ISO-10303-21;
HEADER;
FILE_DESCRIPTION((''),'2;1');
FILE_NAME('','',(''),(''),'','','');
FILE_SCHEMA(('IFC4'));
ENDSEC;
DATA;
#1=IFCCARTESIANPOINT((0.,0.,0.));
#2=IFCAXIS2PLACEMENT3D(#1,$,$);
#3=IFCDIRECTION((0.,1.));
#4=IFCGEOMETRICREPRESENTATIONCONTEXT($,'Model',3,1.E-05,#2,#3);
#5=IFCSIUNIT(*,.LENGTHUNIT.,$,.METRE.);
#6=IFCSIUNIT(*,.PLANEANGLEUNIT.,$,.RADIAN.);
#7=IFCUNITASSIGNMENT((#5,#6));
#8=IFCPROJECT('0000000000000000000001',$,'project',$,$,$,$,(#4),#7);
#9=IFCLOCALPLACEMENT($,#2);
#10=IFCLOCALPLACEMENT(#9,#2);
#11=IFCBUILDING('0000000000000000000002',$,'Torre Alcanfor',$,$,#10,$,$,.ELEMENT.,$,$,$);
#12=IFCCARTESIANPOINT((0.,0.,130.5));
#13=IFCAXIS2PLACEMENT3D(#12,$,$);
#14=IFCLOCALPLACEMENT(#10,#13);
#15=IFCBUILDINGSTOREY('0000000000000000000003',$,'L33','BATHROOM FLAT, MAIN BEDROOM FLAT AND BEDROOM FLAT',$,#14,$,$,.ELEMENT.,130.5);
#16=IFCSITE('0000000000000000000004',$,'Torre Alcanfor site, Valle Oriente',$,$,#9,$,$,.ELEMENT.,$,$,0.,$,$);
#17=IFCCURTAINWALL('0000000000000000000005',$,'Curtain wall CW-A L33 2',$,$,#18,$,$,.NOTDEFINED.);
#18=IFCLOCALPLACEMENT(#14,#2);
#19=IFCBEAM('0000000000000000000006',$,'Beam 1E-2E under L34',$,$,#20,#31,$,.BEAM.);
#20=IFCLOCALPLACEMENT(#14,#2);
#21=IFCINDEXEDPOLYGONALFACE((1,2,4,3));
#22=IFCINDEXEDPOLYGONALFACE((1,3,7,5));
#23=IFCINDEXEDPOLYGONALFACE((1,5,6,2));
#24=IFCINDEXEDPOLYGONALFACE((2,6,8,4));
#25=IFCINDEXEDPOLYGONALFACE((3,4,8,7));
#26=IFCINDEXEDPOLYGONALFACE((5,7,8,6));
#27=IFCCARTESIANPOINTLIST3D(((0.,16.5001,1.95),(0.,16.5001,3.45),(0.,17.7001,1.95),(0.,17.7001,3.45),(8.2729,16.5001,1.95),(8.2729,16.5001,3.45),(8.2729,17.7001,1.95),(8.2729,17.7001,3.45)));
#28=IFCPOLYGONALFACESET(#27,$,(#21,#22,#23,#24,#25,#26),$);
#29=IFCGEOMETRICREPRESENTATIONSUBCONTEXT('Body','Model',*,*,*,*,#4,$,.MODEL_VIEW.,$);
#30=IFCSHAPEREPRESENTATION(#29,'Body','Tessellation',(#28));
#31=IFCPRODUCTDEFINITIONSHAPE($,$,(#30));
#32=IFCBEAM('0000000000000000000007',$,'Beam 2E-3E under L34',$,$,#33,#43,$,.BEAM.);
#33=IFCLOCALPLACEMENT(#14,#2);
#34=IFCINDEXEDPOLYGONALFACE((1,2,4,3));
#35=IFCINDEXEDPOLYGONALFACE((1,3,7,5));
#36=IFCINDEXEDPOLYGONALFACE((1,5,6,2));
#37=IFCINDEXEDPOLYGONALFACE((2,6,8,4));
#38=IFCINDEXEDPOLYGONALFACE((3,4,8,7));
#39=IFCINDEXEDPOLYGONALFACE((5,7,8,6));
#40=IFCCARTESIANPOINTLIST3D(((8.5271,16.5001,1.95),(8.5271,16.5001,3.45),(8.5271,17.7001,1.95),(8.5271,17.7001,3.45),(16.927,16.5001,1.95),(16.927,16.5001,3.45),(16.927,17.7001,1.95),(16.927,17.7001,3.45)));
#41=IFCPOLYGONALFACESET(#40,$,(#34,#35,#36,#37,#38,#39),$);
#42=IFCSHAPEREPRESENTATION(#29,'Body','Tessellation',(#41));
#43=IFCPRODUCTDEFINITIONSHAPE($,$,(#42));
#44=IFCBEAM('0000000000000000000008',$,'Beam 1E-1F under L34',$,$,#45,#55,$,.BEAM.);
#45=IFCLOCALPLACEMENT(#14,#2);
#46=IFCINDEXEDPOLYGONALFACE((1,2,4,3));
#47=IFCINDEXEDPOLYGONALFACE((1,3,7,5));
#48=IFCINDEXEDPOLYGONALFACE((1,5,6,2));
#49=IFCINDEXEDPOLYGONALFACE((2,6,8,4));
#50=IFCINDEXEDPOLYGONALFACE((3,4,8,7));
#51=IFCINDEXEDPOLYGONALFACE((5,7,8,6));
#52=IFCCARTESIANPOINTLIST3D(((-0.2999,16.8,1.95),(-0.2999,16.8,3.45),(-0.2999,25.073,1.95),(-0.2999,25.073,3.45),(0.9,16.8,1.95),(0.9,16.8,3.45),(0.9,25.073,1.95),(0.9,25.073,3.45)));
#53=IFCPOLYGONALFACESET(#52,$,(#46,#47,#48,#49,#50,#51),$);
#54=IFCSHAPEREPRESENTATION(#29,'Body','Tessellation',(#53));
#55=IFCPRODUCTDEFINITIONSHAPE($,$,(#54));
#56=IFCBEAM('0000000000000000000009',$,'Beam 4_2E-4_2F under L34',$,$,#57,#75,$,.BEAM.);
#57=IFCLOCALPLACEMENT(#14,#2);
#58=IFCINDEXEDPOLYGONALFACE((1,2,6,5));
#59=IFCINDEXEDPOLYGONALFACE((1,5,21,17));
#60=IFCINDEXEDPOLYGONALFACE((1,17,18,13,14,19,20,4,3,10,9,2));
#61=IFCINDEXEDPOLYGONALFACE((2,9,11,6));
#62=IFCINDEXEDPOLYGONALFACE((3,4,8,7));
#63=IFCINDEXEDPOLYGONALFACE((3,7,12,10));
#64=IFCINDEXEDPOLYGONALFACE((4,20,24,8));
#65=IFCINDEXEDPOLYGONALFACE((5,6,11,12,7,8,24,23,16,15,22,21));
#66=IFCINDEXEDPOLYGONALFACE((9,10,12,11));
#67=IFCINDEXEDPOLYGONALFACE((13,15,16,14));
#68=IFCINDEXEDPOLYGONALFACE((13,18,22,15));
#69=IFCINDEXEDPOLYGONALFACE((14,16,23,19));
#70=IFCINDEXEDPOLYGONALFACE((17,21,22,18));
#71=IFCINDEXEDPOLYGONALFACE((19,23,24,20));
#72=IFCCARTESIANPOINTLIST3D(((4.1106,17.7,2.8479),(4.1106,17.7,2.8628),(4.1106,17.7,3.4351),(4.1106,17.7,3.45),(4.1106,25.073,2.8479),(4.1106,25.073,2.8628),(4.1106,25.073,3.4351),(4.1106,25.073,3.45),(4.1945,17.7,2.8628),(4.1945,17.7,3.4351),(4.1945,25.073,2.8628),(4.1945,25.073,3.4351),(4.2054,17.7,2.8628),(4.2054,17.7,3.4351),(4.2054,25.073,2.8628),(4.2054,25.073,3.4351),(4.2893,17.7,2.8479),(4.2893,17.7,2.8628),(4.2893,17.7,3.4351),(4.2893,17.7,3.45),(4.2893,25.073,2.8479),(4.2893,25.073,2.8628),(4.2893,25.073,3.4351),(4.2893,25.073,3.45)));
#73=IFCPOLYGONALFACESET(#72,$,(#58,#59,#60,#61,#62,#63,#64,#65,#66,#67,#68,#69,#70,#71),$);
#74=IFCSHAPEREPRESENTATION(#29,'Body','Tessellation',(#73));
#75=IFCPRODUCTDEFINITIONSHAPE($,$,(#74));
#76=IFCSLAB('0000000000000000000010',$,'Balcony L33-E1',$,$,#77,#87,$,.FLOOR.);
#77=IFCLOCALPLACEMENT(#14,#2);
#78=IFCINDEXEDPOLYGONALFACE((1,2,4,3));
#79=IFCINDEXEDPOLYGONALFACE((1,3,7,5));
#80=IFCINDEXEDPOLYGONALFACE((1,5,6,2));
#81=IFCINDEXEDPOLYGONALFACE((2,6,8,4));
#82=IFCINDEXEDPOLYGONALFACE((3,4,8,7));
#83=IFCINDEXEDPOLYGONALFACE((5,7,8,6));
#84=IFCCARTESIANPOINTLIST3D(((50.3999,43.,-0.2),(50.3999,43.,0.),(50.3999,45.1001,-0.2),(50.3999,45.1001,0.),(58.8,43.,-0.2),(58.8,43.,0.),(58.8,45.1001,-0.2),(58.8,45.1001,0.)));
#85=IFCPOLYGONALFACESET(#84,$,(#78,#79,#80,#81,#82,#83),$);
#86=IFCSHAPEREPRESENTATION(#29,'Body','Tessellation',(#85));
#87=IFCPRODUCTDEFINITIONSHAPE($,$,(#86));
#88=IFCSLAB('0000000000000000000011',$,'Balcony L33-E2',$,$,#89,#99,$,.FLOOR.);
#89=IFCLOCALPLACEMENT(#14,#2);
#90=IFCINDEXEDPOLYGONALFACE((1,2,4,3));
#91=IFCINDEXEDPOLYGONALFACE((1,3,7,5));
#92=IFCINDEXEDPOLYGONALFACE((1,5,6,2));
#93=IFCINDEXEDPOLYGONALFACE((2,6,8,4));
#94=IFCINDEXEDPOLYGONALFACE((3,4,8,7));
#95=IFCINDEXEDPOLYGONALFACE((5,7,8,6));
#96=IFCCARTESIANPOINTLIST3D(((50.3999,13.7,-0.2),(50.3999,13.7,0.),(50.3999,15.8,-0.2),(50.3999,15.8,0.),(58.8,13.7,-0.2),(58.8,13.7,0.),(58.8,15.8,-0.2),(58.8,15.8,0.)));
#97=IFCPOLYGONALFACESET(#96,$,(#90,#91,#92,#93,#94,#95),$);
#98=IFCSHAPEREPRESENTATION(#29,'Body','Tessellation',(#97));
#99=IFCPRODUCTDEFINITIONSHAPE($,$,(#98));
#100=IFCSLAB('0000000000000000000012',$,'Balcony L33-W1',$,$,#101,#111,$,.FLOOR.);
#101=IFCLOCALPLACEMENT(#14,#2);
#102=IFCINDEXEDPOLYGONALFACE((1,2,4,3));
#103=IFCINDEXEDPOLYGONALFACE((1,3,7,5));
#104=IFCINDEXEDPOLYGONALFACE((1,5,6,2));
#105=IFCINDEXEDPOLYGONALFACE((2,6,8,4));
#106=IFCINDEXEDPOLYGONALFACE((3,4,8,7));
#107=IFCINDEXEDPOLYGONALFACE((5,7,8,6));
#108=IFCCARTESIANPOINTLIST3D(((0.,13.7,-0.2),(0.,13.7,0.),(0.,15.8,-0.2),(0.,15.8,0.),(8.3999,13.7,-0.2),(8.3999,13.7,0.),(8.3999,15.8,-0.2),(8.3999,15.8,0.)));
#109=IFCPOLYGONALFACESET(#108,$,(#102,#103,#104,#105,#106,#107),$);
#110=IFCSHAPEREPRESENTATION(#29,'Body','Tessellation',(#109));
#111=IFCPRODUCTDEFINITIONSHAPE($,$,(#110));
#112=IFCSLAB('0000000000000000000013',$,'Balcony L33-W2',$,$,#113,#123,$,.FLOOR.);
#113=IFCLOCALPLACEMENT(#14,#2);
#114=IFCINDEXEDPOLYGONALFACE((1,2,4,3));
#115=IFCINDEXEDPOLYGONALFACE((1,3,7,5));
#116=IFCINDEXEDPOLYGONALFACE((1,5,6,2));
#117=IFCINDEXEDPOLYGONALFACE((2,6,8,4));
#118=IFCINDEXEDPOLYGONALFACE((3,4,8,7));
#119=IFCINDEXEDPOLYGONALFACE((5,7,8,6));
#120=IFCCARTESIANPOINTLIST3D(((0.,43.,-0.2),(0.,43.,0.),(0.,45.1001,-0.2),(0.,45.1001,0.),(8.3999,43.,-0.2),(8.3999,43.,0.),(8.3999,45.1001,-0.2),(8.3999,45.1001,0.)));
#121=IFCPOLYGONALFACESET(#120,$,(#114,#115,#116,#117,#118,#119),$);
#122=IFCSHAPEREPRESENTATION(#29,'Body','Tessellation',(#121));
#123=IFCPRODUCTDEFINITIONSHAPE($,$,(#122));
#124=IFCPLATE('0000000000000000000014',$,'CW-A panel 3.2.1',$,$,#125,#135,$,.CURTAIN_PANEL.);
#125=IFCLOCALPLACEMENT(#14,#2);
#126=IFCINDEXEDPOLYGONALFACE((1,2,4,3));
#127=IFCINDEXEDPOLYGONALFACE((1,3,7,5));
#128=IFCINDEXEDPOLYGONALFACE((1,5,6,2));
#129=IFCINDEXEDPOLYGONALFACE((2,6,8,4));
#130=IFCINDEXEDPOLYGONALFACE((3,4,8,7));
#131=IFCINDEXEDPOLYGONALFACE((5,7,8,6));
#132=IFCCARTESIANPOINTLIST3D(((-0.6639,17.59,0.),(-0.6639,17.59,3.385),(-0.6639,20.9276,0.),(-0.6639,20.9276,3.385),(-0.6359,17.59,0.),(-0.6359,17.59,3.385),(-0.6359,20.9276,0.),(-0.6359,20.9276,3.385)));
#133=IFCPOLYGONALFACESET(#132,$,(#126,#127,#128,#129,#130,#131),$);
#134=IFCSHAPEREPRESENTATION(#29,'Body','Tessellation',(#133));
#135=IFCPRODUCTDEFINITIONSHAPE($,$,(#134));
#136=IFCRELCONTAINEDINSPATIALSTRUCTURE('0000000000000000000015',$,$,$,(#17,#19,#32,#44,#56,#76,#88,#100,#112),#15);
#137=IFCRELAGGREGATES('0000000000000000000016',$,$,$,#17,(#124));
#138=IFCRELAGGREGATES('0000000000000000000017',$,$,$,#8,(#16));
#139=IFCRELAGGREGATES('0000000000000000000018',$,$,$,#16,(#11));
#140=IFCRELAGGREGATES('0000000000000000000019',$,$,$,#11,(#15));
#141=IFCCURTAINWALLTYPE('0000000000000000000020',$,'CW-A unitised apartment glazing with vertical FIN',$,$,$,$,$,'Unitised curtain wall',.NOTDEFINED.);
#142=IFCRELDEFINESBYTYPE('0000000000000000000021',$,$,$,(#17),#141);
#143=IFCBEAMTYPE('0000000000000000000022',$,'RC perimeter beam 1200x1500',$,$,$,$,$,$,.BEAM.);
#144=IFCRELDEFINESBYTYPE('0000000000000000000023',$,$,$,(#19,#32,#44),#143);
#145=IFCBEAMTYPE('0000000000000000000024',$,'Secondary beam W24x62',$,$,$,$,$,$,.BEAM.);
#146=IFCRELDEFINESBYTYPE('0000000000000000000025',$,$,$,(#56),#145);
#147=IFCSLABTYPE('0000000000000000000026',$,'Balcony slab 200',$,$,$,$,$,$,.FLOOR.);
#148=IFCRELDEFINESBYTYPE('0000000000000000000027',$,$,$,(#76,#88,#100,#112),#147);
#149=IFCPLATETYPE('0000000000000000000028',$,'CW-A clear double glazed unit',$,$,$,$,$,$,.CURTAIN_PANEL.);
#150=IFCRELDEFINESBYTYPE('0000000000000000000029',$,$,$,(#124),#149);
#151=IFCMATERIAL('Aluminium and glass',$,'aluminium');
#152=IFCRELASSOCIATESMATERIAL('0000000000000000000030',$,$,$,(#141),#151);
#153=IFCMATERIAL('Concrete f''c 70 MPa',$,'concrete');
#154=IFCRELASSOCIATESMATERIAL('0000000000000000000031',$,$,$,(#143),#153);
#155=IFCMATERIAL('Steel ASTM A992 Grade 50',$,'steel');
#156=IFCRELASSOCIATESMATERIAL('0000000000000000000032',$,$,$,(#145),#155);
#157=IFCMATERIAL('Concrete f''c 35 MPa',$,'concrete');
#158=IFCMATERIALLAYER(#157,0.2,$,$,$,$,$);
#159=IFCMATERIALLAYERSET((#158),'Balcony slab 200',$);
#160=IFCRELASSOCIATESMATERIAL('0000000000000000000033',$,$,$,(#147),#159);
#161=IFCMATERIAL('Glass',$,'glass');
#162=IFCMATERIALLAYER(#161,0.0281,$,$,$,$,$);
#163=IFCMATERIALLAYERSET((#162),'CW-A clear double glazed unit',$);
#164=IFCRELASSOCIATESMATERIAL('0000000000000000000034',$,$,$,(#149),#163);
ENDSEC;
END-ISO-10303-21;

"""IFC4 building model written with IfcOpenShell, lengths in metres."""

from ifc_helpers import new_model, si_unit, direction, frame, origin, origin_2d, place, context, subcontext, project, spatial, polyline, rectangle, i_section, outline, extrude, material, layer, layer_set, material_profile, profile_set, type_object, element, aggregate, save


model = new_model("IFC4")

# Units and contexts
model_context = context("Model", 3, precision=1e-05, world=origin(), true_north=direction((0.0, 1.0)))
body_context = subcontext(model_context, "Body", "Model", "MODEL_VIEW")
ifc_project = project(units=[si_unit("LENGTHUNIT", "METRE"), si_unit("PLANEANGLEUNIT", "RADIAN")], contexts=[model_context])

# Site, building, storey
site_placement = place(None, origin())
site = spatial("IfcSite", under=ifc_project, at=site_placement, Name="Torre Alcanfor site, Valle Oriente", CompositionType="ELEMENT", RefElevation=0.0)
building_placement = place(site_placement, origin())
building = spatial("IfcBuilding", under=site, at=building_placement, Name="Torre Alcanfor", CompositionType="ELEMENT")
storey_placement = place(building_placement, frame((0.0, 0.0, 130.5)))
storey = spatial("IfcBuildingStorey", under=building, at=storey_placement, Name="L33", Description="BATHROOM FLAT, MAIN BEDROOM FLAT AND BEDROOM FLAT", CompositionType="ELEMENT", Elevation=130.5)

# Curtain wall
ifc_material_1 = material(Name="Aluminium and glass", Category="aluminium")
curtain_wall_type = type_object("IfcCurtainWallType", Name="CW-A unitised apartment glazing with vertical FIN", ElementType="Unitised curtain wall", PredefinedType="NOTDEFINED", material=ifc_material_1)
curtain_wall_placement = place(storey_placement, origin())
curtain_wall = element("IfcCurtainWall", 1, at=curtain_wall_placement, inside=storey, type_object=curtain_wall_type, Name="Curtain wall CW-A L33 2", PredefinedType="NOTDEFINED")

# Beams
ifc_material_2 = material(Name="Concrete f'c 70 MPa", Category="concrete")
ifc_material_profile_1 = material_profile(ifc_material_2, rectangle(XDim=1.2, YDim=1.5, at=origin_2d()), Name="1200x1500")
ifc_profile_set_1 = profile_set([ifc_material_profile_1], Name="Concrete f'c 70 MPa")
beam_type_1 = type_object("IfcBeamType", Name="RC perimeter beam 1200x1500", PredefinedType="BEAM", material=ifc_profile_set_1)
beam_1_placement = place(storey_placement, frame((0.0, 17.1001, 2.7), z_axis=(1.0, 0.0, 0.0), x_axis=(0.0, 1.0, 0.0)))
element("IfcBeam", 2, at=beam_1_placement, inside=storey, type_object=beam_type_1, Name="Beam 1E-2E under L34", PredefinedType="BEAM", context=body_context, shape_type="SweptSolid", body=[
    extrude(rectangle(XDim=1.2, YDim=1.5, at=origin_2d()), origin(), (0.0, 0.0, 1.0), 8.2729),
])
beam_2_placement = place(storey_placement, frame((8.5271, 17.1001, 2.7), z_axis=(1.0, 0.0, 0.0), x_axis=(0.0, 1.0, 0.0)))
element("IfcBeam", 3, at=beam_2_placement, inside=storey, type_object=beam_type_1, Name="Beam 2E-3E under L34", PredefinedType="BEAM", context=body_context, shape_type="SweptSolid", body=[
    extrude(rectangle(XDim=1.2, YDim=1.5, at=origin_2d()), origin(), (0.0, 0.0, 1.0), 8.3999),
])
beam_3_placement = place(storey_placement, frame((0.3, 16.8, 2.7), z_axis=(0.0, 1.0, 0.0), x_axis=(-1.0, 0.0, 0.0)))
element("IfcBeam", 4, at=beam_3_placement, inside=storey, type_object=beam_type_1, Name="Beam 1E-1F under L34", PredefinedType="BEAM", context=body_context, shape_type="SweptSolid", body=[
    extrude(rectangle(XDim=1.2, YDim=1.5, at=origin_2d()), origin(), (0.0, 0.0, 1.0), 8.2729),
])
ifc_material_3 = material(Name="Steel ASTM A992 Grade 50", Category="steel")
ifc_material_profile_2 = material_profile(ifc_material_3, i_section(OverallWidth=0.1787, OverallDepth=0.6021, WebThickness=0.011, FlangeThickness=0.0149, at=origin_2d()), Name="W24x62")
ifc_profile_set_2 = profile_set([ifc_material_profile_2], Name="Steel ASTM A992 Grade 50")
beam_type_2 = type_object("IfcBeamType", Name="Secondary beam W24x62", PredefinedType="BEAM", material=ifc_profile_set_2)
beam_4_placement = place(storey_placement, frame((4.2, 17.7, 3.1489), z_axis=(0.0, 1.0, 0.0), x_axis=(-1.0, 0.0, 0.0)))
element("IfcBeam", 5, at=beam_4_placement, inside=storey, type_object=beam_type_2, Name="Beam 4_2E-4_2F under L34", PredefinedType="BEAM", context=body_context, shape_type="SweptSolid", body=[
    extrude(i_section(OverallWidth=0.1787, OverallDepth=0.6021, WebThickness=0.011, FlangeThickness=0.0149, at=origin_2d()), origin(), (0.0, 0.0, 1.0), 7.373),
])

# Slabs
ifc_material_4 = material(Name="Concrete f'c 35 MPa", Category="concrete")
ifc_layer_1 = layer(ifc_material_4, 0.2)
ifc_layer_set_1 = layer_set([ifc_layer_1], Name="Balcony slab 200")
slab_type_1 = type_object("IfcSlabType", Name="Balcony slab 200", PredefinedType="FLOOR", material=ifc_layer_set_1)
slab_1_placement = place(storey_placement, frame((0.0, 0.0, -0.2)))
element("IfcSlab", 6, at=slab_1_placement, inside=storey, type_object=slab_type_1, Name="Balcony L33-E1", PredefinedType="FLOOR", context=body_context, shape_type="SweptSolid", body=[
    extrude(outline(polyline([(50.3999, 43.0), (58.8, 43.0), (58.8, 45.1001), (50.3999, 45.1001), (50.3999, 43.0)])), origin(), (0.0, 0.0, 1.0), 0.2),
])
slab_2_placement = place(storey_placement, frame((0.0, 0.0, -0.2)))
element("IfcSlab", 7, at=slab_2_placement, inside=storey, type_object=slab_type_1, Name="Balcony L33-E2", PredefinedType="FLOOR", context=body_context, shape_type="SweptSolid", body=[
    extrude(outline(polyline([(50.3999, 13.7), (58.8, 13.7), (58.8, 15.8), (50.3999, 15.8), (50.3999, 13.7)])), origin(), (0.0, 0.0, 1.0), 0.2),
])
slab_3_placement = place(storey_placement, frame((0.0, 0.0, -0.2)))
element("IfcSlab", 8, at=slab_3_placement, inside=storey, type_object=slab_type_1, Name="Balcony L33-W1", PredefinedType="FLOOR", context=body_context, shape_type="SweptSolid", body=[
    extrude(outline(polyline([(8.3999, 15.8), (0.0, 15.8), (0.0, 13.7), (8.3999, 13.7), (8.3999, 15.8)])), origin(), (0.0, 0.0, 1.0), 0.2),
])
slab_4_placement = place(storey_placement, frame((0.0, 0.0, -0.2)))
element("IfcSlab", 9, at=slab_4_placement, inside=storey, type_object=slab_type_1, Name="Balcony L33-W2", PredefinedType="FLOOR", context=body_context, shape_type="SweptSolid", body=[
    extrude(outline(polyline([(8.3999, 45.1001), (0.0, 45.1001), (0.0, 43.0), (8.3999, 43.0), (8.3999, 45.1001)])), origin(), (0.0, 0.0, 1.0), 0.2),
])

# Plate
ifc_material_5 = material(Name="Glass", Category="glass")
ifc_layer_2 = layer(ifc_material_5, 0.0281)
ifc_layer_set_2 = layer_set([ifc_layer_2], Name="CW-A clear double glazed unit")
plate_type = type_object("IfcPlateType", Name="CW-A clear double glazed unit", PredefinedType="CURTAIN_PANEL", material=ifc_layer_set_2)
plate_placement = place(storey_placement, frame((-0.6499, 19.2588, 0.0), z_axis=(0.0, 0.0, 1.0), x_axis=(0.0, -1.0, 0.0)))
plate = element("IfcPlate", 10, at=plate_placement, type_object=plate_type, Name="CW-A panel 3.2.1", PredefinedType="CURTAIN_PANEL", context=body_context, shape_type="SweptSolid", body=[
    extrude(rectangle(XDim=3.3376, YDim=0.0281, at=origin_2d()), origin(), (0.0, 0.0, 1.0), 3.385),
])
aggregate(curtain_wall, [plate])

save(model, "model.ifc")
